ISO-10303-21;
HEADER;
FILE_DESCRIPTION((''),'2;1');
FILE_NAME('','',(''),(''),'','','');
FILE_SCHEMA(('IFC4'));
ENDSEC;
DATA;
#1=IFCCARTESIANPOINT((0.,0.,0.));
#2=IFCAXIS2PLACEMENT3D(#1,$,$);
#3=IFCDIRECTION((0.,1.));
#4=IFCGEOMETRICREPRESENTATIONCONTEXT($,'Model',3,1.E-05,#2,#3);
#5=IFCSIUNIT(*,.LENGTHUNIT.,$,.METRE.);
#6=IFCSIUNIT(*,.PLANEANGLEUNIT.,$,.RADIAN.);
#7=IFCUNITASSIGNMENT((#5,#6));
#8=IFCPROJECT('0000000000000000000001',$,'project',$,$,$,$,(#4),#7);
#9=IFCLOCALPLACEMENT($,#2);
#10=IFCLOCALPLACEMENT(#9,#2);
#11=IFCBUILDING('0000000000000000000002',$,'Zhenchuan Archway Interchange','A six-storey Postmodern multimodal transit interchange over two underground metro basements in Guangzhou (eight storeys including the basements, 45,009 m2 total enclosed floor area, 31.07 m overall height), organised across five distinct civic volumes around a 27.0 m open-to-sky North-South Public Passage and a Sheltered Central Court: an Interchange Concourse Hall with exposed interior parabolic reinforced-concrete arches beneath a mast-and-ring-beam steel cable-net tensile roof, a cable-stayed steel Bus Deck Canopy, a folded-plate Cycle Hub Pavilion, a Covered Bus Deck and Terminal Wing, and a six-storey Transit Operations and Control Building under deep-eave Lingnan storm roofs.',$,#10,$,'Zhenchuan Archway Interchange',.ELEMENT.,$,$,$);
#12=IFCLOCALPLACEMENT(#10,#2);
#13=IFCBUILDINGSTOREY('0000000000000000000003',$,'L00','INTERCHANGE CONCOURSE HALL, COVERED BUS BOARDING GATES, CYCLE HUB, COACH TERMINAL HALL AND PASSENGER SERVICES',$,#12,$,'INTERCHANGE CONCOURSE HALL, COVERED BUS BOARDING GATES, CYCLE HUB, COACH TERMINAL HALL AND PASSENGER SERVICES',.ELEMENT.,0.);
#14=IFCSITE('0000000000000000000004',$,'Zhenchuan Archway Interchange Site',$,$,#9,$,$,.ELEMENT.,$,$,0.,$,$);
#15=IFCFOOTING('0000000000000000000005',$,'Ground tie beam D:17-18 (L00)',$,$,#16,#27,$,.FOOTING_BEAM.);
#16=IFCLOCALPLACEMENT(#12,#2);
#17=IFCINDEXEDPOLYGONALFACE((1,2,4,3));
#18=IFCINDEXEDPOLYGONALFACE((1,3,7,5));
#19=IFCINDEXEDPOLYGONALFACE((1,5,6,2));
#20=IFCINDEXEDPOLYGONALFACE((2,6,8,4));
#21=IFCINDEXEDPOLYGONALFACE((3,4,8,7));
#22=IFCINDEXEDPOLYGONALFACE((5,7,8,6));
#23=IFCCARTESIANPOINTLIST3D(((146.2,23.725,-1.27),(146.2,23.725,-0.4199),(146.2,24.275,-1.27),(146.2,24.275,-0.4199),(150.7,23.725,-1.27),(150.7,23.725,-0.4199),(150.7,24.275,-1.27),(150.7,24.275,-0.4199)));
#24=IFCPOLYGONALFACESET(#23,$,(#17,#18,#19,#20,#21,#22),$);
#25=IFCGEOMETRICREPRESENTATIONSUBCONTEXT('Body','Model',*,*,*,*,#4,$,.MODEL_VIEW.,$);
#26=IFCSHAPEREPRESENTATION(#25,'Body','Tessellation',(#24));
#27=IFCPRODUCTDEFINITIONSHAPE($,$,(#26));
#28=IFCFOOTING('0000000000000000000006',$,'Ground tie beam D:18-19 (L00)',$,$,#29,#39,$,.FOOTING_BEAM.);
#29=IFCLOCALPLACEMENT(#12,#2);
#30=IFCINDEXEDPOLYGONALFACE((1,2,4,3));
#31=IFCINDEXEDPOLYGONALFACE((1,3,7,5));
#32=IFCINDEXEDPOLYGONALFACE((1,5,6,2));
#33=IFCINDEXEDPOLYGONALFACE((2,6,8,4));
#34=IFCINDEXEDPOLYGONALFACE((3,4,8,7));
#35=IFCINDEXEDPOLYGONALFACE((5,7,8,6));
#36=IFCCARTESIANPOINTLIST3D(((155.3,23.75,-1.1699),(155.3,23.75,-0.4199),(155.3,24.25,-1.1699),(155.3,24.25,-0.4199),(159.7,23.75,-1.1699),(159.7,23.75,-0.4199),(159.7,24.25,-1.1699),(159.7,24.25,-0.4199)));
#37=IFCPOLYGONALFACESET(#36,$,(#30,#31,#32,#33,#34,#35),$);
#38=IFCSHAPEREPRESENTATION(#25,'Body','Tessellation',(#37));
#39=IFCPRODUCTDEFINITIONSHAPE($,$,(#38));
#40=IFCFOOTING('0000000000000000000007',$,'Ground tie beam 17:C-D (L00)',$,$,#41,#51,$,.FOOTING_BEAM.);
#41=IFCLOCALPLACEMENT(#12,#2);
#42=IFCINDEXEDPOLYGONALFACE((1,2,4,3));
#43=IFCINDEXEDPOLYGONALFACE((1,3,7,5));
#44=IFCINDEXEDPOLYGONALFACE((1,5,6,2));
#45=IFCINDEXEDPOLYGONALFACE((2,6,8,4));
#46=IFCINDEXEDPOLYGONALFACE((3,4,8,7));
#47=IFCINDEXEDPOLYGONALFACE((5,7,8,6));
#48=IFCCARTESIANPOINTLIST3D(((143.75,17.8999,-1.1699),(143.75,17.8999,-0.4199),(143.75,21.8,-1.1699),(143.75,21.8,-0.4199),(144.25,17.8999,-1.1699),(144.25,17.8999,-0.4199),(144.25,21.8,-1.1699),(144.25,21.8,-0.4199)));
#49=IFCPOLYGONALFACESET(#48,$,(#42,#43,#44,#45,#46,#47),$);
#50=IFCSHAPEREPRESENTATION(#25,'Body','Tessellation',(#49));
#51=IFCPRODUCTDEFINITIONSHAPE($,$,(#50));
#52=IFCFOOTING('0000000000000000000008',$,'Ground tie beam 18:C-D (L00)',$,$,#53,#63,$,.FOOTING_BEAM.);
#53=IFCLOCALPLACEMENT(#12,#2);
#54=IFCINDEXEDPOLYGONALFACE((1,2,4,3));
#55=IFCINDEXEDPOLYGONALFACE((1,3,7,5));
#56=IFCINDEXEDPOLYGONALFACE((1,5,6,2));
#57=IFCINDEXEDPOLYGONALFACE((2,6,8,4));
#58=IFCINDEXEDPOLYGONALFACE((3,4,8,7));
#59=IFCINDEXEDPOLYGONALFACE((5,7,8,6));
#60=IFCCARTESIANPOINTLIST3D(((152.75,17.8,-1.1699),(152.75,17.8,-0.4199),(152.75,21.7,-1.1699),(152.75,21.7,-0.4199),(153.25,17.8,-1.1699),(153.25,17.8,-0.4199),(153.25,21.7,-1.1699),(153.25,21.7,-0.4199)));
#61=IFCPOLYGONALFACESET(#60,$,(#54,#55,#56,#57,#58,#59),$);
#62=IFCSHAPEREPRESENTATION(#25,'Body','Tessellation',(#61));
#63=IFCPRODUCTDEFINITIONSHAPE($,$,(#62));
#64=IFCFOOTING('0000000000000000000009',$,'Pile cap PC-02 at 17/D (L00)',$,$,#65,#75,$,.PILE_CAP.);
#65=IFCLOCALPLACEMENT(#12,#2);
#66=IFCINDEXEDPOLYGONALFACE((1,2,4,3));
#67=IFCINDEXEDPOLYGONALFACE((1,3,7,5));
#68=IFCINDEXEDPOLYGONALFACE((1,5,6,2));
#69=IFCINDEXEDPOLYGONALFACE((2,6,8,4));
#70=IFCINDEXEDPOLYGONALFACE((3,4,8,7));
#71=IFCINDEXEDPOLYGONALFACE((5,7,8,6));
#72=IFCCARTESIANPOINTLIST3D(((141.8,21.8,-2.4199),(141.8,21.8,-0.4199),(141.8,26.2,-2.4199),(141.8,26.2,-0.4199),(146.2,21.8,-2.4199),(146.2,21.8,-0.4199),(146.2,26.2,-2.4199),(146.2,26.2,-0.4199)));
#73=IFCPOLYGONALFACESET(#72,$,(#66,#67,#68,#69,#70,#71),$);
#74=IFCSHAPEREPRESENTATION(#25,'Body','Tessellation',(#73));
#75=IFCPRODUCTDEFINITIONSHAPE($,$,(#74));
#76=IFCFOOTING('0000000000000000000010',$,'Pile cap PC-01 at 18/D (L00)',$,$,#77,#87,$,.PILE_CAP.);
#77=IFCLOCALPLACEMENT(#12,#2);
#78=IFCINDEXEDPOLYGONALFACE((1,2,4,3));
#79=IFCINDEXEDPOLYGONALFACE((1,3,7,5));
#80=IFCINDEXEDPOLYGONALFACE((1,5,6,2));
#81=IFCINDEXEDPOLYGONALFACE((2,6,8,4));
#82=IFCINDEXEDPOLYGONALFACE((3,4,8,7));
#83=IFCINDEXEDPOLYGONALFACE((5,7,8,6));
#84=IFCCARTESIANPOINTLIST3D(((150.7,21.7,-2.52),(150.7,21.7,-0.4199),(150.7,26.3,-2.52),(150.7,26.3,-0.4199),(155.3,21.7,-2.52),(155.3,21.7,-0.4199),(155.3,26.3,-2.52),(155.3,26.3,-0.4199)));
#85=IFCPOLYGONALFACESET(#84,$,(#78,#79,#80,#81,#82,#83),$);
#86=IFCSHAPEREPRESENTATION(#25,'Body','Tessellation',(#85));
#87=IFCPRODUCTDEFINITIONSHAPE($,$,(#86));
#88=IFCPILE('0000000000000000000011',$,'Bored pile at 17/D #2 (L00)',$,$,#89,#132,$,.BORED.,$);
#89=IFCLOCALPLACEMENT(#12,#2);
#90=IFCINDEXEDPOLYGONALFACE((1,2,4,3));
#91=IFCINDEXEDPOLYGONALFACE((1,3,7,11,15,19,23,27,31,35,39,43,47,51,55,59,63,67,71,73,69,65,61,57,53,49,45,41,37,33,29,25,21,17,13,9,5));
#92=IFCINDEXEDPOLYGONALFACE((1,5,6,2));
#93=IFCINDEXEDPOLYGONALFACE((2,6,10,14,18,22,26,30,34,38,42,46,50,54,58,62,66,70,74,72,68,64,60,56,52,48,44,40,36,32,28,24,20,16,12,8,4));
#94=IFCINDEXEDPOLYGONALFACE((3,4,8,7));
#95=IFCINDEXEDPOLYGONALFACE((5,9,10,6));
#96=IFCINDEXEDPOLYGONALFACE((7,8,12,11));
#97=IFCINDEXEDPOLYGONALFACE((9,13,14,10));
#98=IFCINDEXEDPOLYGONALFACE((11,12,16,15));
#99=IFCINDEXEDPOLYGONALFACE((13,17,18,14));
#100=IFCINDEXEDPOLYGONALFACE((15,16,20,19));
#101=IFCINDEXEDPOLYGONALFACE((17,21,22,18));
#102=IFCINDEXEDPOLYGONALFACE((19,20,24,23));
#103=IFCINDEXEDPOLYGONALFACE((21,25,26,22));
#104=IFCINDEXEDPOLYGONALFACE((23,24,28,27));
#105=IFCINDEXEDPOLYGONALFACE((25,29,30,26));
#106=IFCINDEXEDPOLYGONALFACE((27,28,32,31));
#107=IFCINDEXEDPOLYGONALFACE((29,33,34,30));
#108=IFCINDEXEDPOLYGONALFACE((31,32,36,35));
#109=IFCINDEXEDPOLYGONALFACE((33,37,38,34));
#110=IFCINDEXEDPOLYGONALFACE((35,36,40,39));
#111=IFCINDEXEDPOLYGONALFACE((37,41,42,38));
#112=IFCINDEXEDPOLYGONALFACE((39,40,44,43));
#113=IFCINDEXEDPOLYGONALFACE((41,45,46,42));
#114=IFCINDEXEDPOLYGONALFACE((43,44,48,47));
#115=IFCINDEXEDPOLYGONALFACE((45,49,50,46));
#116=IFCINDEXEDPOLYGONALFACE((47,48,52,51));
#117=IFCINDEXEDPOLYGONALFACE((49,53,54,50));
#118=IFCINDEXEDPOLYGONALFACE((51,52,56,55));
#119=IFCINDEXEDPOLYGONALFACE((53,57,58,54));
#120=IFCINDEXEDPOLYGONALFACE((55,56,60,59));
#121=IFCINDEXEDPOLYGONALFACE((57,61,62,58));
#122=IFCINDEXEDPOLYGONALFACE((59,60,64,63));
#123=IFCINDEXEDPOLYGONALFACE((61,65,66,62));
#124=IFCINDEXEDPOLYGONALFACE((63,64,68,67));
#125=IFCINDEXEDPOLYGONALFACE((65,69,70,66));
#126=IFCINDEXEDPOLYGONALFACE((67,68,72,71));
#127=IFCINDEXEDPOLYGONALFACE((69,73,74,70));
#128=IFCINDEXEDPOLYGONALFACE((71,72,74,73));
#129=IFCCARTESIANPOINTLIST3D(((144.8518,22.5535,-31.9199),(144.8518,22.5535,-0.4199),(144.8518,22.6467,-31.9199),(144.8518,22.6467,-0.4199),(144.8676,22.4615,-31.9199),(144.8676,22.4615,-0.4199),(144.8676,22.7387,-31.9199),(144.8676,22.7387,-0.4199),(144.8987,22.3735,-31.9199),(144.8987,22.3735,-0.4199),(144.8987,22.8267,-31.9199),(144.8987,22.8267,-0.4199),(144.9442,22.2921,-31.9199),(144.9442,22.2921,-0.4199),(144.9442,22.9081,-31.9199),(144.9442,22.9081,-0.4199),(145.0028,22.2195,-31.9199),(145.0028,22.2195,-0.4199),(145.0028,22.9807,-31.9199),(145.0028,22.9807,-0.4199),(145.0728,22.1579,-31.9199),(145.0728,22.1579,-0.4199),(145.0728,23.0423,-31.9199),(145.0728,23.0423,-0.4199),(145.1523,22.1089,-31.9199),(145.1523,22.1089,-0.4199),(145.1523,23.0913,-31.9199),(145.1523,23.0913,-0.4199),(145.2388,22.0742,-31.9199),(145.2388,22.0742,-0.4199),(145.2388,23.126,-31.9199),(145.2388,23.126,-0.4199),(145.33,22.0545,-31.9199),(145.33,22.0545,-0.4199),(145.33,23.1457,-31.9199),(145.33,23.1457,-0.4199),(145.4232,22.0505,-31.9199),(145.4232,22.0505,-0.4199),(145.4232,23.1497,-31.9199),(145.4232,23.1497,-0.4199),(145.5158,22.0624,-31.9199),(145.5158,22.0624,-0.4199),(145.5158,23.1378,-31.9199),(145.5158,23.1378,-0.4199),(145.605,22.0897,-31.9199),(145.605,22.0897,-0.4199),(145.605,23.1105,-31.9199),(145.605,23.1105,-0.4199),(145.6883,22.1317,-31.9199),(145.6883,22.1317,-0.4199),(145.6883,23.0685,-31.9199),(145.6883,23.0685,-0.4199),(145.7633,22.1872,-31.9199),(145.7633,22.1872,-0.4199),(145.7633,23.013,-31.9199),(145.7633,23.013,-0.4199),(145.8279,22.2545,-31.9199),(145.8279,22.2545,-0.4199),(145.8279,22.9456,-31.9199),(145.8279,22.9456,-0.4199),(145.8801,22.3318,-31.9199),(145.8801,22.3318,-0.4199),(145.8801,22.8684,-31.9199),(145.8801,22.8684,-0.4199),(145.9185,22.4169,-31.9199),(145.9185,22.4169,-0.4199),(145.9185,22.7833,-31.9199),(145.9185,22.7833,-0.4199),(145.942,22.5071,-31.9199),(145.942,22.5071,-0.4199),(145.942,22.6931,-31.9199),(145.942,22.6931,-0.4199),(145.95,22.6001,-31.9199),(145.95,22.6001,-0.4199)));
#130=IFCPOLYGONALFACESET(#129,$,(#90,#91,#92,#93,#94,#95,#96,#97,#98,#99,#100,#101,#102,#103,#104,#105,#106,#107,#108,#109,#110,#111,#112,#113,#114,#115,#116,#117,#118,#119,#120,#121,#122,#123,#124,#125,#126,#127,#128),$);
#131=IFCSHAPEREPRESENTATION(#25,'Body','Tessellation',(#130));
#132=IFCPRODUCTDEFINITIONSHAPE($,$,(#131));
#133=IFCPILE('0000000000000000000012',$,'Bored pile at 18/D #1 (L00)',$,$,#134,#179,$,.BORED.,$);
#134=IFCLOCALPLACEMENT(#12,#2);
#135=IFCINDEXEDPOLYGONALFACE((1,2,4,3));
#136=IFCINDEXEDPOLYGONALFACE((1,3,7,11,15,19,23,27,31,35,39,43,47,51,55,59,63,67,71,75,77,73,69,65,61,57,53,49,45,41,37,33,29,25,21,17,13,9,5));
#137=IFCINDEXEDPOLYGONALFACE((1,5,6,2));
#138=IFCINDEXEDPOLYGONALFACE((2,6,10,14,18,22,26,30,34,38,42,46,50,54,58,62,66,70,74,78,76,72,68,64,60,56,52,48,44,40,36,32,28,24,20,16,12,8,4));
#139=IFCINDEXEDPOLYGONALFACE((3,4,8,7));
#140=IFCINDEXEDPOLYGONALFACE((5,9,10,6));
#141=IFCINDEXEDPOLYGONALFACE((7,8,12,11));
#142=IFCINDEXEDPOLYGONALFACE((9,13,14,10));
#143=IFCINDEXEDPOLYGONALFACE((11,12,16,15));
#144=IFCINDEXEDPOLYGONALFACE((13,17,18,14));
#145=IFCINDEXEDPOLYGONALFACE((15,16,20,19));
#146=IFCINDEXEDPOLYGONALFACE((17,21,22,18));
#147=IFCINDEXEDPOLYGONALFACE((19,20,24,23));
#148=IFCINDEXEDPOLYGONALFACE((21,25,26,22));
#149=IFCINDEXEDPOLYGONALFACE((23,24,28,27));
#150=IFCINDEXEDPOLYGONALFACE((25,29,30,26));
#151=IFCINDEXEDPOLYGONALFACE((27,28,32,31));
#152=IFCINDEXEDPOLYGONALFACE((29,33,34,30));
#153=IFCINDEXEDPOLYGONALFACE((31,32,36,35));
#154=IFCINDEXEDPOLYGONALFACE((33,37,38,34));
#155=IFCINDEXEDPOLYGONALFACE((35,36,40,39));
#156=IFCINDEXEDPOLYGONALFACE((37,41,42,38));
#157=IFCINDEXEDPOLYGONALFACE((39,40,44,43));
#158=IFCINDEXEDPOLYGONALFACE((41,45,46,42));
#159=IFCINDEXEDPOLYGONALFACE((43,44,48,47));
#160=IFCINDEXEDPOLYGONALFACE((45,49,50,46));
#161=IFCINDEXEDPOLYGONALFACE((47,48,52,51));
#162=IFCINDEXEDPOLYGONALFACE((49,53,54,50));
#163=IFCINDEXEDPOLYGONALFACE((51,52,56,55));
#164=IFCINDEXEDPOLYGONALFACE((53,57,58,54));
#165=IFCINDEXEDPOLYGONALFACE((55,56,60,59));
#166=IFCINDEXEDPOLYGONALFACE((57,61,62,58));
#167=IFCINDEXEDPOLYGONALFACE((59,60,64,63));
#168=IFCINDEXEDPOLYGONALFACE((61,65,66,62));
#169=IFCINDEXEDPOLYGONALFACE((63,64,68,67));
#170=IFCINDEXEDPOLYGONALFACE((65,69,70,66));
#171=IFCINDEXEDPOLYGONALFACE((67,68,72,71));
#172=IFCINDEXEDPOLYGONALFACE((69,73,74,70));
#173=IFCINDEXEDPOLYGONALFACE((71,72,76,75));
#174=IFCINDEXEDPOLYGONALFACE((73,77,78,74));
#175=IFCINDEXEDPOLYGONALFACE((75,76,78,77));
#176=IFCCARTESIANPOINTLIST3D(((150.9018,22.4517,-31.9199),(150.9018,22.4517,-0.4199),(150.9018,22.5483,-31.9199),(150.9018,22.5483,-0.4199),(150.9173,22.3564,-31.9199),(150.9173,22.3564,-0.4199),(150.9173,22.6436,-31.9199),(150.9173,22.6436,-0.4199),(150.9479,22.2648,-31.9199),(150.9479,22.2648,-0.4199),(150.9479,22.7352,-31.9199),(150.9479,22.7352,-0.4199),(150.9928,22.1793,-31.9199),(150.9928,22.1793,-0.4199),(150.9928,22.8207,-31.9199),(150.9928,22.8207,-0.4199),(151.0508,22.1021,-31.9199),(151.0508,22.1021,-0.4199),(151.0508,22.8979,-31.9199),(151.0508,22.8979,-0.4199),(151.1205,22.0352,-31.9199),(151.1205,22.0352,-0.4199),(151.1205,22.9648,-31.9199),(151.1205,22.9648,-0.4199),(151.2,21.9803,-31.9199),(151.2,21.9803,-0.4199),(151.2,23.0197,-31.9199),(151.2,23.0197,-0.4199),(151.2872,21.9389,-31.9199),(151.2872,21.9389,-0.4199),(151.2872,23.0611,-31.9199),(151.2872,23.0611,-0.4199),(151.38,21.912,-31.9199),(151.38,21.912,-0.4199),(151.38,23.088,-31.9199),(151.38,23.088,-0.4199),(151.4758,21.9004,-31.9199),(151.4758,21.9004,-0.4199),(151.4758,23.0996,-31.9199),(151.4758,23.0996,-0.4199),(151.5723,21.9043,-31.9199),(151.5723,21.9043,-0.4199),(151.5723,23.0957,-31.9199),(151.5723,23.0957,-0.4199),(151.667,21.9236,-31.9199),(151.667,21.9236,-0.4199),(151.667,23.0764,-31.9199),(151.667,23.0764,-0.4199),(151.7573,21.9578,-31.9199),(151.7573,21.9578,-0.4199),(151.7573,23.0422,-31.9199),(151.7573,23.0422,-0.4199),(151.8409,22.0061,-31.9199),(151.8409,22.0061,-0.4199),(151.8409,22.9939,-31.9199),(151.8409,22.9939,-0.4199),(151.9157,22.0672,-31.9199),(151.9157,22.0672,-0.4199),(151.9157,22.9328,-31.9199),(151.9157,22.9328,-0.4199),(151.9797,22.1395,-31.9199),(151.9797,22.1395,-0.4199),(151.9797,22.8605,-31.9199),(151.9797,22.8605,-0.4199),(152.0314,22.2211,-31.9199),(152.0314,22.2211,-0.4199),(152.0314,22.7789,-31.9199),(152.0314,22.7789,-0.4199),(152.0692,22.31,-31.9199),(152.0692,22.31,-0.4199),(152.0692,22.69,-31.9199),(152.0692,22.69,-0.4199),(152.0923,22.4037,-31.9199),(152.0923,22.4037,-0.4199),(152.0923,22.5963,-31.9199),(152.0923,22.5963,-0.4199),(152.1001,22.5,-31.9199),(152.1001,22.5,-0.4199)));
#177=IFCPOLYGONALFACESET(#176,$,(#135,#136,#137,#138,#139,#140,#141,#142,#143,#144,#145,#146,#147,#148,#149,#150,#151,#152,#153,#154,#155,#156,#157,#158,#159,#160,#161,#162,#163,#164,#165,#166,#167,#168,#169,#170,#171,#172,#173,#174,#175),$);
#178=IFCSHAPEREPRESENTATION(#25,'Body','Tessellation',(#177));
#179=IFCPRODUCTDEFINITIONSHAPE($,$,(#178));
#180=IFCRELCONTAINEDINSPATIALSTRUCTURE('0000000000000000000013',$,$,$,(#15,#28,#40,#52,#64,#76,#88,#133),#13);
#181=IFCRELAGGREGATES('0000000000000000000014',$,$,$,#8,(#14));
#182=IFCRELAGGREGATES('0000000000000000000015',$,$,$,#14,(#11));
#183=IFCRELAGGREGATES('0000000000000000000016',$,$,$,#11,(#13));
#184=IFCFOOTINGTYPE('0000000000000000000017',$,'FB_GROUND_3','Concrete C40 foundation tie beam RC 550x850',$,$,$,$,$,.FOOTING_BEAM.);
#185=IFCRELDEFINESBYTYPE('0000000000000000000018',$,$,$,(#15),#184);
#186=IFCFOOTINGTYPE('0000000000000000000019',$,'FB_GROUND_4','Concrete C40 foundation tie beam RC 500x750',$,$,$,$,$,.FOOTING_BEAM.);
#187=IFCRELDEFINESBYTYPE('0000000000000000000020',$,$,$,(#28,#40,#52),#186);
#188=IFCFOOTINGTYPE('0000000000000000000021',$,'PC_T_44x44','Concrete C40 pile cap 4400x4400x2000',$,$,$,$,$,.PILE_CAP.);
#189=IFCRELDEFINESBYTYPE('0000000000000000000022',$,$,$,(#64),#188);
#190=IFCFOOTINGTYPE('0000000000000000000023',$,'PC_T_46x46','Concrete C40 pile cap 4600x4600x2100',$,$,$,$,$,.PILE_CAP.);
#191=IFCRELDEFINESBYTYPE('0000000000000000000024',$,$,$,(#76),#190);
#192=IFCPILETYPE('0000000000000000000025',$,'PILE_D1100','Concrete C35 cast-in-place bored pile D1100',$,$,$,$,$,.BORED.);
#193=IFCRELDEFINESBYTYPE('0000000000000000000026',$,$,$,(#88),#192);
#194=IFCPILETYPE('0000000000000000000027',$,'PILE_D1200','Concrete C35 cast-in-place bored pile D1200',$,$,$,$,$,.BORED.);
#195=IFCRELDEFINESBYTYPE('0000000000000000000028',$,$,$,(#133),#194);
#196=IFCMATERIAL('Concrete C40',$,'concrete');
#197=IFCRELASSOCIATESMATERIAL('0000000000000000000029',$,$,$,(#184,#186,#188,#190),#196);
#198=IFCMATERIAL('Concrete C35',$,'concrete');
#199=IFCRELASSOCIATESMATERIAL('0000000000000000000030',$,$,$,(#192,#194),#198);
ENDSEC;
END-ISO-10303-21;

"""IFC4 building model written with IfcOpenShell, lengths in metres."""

from ifc_helpers import new_model, si_unit, direction, frame, origin, origin_2d, place, context, subcontext, project, spatial, rectangle, circle, extrude, material, material_profile, profile_set, type_object, element, save


model = new_model("IFC4")

# Units and contexts
model_context = context("Model", 3, precision=1e-05, world=origin(), true_north=direction((0.0, 1.0)))
body_context = subcontext(model_context, "Body", "Model", "MODEL_VIEW")
ifc_project = project(units=[si_unit("LENGTHUNIT", "METRE"), si_unit("PLANEANGLEUNIT", "RADIAN")], contexts=[model_context])

# Site, building, storey
site_placement = place(None, origin())
site = spatial("IfcSite", under=ifc_project, at=site_placement, Name="Zhenchuan Archway Interchange Site", CompositionType="ELEMENT", RefElevation=0.0)
building_placement = place(site_placement, origin())
building = spatial("IfcBuilding", under=site, at=building_placement, Name="Zhenchuan Archway Interchange", Description="A six-storey Postmodern multimodal transit interchange over two underground metro basements in Guangzhou (eight storeys including the basements, 45,009 m2 total enclosed floor area, 31.07 m overall height), organised across five distinct civic volumes around a 27.0 m open-to-sky North-South Public Passage and a Sheltered Central Court: an Interchange Concourse Hall with exposed interior parabolic reinforced-concrete arches beneath a mast-and-ring-beam steel cable-net tensile roof, a cable-stayed steel Bus Deck Canopy, a folded-plate Cycle Hub Pavilion, a Covered Bus Deck and Terminal Wing, and a six-storey Transit Operations and Control Building under deep-eave Lingnan storm roofs.", LongName="Zhenchuan Archway Interchange", CompositionType="ELEMENT")
storey_placement = place(building_placement, origin())
storey = spatial("IfcBuildingStorey", under=building, at=storey_placement, Name="L00", Description="INTERCHANGE CONCOURSE HALL, COVERED BUS BOARDING GATES, CYCLE HUB, COACH TERMINAL HALL AND PASSENGER SERVICES", LongName="INTERCHANGE CONCOURSE HALL, COVERED BUS BOARDING GATES, CYCLE HUB, COACH TERMINAL HALL AND PASSENGER SERVICES", CompositionType="ELEMENT", Elevation=0.0)

# Footings
ifc_material_1 = material(Name="Concrete C40", Category="concrete")
ifc_material_profile_1 = material_profile(ifc_material_1, rectangle(XDim=0.55, YDim=0.8501, at=origin_2d()), Name="RC 550x850")
ifc_profile_set_1 = profile_set([ifc_material_profile_1], Name="Concrete C40")
footing_type_1 = type_object("IfcFootingType", Name="FB_GROUND_3", Description="Concrete C40 foundation tie beam RC 550x850", PredefinedType="FOOTING_BEAM", material=ifc_profile_set_1)
footing_1_placement = place(storey_placement, frame((146.2, 24.0, -0.845), z_axis=(1.0, 0.0, 0.0), x_axis=(0.0, 1.0, 0.0)))
element("IfcFooting", 1, at=footing_1_placement, inside=storey, type_object=footing_type_1, Name="Ground tie beam D:17-18 (L00)", PredefinedType="FOOTING_BEAM", context=body_context, shape_type="SweptSolid", body=[
    extrude(rectangle(XDim=0.55, YDim=0.8501, at=origin_2d()), origin(), (0.0, 0.0, 1.0), 4.5),
])
ifc_material_profile_2 = material_profile(ifc_material_1, rectangle(XDim=0.5, YDim=0.75, at=origin_2d()), Name="RC 500x750")
ifc_profile_set_2 = profile_set([ifc_material_profile_2], Name="Concrete C40")
footing_type_2 = type_object("IfcFootingType", Name="FB_GROUND_4", Description="Concrete C40 foundation tie beam RC 500x750", PredefinedType="FOOTING_BEAM", material=ifc_profile_set_2)
footing_2_placement = place(storey_placement, frame((155.3, 24.0, -0.7949), z_axis=(1.0, 0.0, 0.0), x_axis=(0.0, 1.0, 0.0)))
element("IfcFooting", 2, at=footing_2_placement, inside=storey, type_object=footing_type_2, Name="Ground tie beam D:18-19 (L00)", PredefinedType="FOOTING_BEAM", context=body_context, shape_type="SweptSolid", body=[
    extrude(rectangle(XDim=0.5, YDim=0.75, at=origin_2d()), origin(), (0.0, 0.0, 1.0), 4.3999),
])
footing_3_placement = place(storey_placement, frame((144.0, 17.8999, -0.7949), z_axis=(0.0, 1.0, 0.0), x_axis=(-1.0, 0.0, 0.0)))
element("IfcFooting", 3, at=footing_3_placement, inside=storey, type_object=footing_type_2, Name="Ground tie beam 17:C-D (L00)", PredefinedType="FOOTING_BEAM", context=body_context, shape_type="SweptSolid", body=[
    extrude(rectangle(XDim=0.5, YDim=0.75, at=origin_2d()), origin(), (0.0, 0.0, 1.0), 3.9001),
])
footing_4_placement = place(storey_placement, frame((153.0, 17.8, -0.7949), z_axis=(0.0, 1.0, 0.0), x_axis=(-1.0, 0.0, 0.0)))
element("IfcFooting", 4, at=footing_4_placement, inside=storey, type_object=footing_type_2, Name="Ground tie beam 18:C-D (L00)", PredefinedType="FOOTING_BEAM", context=body_context, shape_type="SweptSolid", body=[
    extrude(rectangle(XDim=0.5, YDim=0.75, at=origin_2d()), origin(), (0.0, 0.0, 1.0), 3.8999),
])
footing_type_3 = type_object("IfcFootingType", Name="PC_T_44x44", Description="Concrete C40 pile cap 4400x4400x2000", PredefinedType="PILE_CAP", material=ifc_material_1)
footing_5_placement = place(storey_placement, frame((144.0, 24.0, -2.4199), z_axis=(0.0, 0.0, 1.0), x_axis=(1.0, 0.0, 0.0)))
element("IfcFooting", 5, at=footing_5_placement, inside=storey, type_object=footing_type_3, Name="Pile cap PC-02 at 17/D (L00)", PredefinedType="PILE_CAP", context=body_context, shape_type="SweptSolid", body=[
    extrude(rectangle(XDim=4.3999, YDim=4.3999, at=origin_2d()), origin(), (0.0, 0.0, 1.0), 2.0),
])
footing_type_4 = type_object("IfcFootingType", Name="PC_T_46x46", Description="Concrete C40 pile cap 4600x4600x2100", PredefinedType="PILE_CAP", material=ifc_material_1)
footing_6_placement = place(storey_placement, frame((153.0, 24.0, -2.52), z_axis=(0.0, 0.0, 1.0), x_axis=(1.0, 0.0, 0.0)))
element("IfcFooting", 6, at=footing_6_placement, inside=storey, type_object=footing_type_4, Name="Pile cap PC-01 at 18/D (L00)", PredefinedType="PILE_CAP", context=body_context, shape_type="SweptSolid", body=[
    extrude(rectangle(XDim=4.6001, YDim=4.6001, at=origin_2d()), origin(), (0.0, 0.0, 1.0), 2.1001),
])

# Piles
ifc_material_2 = material(Name="Concrete C35", Category="concrete")
ifc_material_profile_3 = material_profile(ifc_material_2, circle(Radius=0.55, at=origin_2d()), Name="BORED PILE 1100")
ifc_profile_set_3 = profile_set([ifc_material_profile_3], Name="Concrete C35")
pile_type_1 = type_object("IfcPileType", Name="PILE_D1100", Description="Concrete C35 cast-in-place bored pile D1100", PredefinedType="BORED", material=ifc_profile_set_3)
pile_placement = place(storey_placement, frame((145.3999, 22.6001, -0.4199), z_axis=(0.0, 0.0, -1.0), x_axis=(1.0, 0.0, 0.0)))
element("IfcPile", 7, at=pile_placement, inside=storey, type_object=pile_type_1, Name="Bored pile at 17/D #2 (L00)", PredefinedType="BORED", context=body_context, shape_type="SweptSolid", body=[
    extrude(circle(Radius=0.55, at=origin_2d()), origin(), (0.0, 0.0, 1.0), 31.5),
])
ifc_material_profile_4 = material_profile(ifc_material_2, circle(Radius=0.6001, at=origin_2d()), Name="BORED PILE 1200")
ifc_profile_set_4 = profile_set([ifc_material_profile_4], Name="Concrete C35")
pile_type_2 = type_object("IfcPileType", Name="PILE_D1200", Description="Concrete C35 cast-in-place bored pile D1200", PredefinedType="BORED", material=ifc_profile_set_4)
for number, where, z_axis, x_axis, name in (
    (8, (151.5, 22.5, -0.4199), (0.0, 0.0, -1.0), (1.0, 0.0, 0.0), "Bored pile at 18/D #1 (L00)"),
):
    element("IfcPile", number, at=place(storey_placement, frame(where, z_axis=z_axis, x_axis=x_axis)), inside=storey, type_object=pile_type_2, Name=name, PredefinedType="BORED", context=body_context, shape_type="SweptSolid", body=[
        extrude(circle(Radius=0.6001, at=origin_2d()), origin(), (0.0, 0.0, 1.0), 31.5),
    ])

save(model, "model.ifc")
